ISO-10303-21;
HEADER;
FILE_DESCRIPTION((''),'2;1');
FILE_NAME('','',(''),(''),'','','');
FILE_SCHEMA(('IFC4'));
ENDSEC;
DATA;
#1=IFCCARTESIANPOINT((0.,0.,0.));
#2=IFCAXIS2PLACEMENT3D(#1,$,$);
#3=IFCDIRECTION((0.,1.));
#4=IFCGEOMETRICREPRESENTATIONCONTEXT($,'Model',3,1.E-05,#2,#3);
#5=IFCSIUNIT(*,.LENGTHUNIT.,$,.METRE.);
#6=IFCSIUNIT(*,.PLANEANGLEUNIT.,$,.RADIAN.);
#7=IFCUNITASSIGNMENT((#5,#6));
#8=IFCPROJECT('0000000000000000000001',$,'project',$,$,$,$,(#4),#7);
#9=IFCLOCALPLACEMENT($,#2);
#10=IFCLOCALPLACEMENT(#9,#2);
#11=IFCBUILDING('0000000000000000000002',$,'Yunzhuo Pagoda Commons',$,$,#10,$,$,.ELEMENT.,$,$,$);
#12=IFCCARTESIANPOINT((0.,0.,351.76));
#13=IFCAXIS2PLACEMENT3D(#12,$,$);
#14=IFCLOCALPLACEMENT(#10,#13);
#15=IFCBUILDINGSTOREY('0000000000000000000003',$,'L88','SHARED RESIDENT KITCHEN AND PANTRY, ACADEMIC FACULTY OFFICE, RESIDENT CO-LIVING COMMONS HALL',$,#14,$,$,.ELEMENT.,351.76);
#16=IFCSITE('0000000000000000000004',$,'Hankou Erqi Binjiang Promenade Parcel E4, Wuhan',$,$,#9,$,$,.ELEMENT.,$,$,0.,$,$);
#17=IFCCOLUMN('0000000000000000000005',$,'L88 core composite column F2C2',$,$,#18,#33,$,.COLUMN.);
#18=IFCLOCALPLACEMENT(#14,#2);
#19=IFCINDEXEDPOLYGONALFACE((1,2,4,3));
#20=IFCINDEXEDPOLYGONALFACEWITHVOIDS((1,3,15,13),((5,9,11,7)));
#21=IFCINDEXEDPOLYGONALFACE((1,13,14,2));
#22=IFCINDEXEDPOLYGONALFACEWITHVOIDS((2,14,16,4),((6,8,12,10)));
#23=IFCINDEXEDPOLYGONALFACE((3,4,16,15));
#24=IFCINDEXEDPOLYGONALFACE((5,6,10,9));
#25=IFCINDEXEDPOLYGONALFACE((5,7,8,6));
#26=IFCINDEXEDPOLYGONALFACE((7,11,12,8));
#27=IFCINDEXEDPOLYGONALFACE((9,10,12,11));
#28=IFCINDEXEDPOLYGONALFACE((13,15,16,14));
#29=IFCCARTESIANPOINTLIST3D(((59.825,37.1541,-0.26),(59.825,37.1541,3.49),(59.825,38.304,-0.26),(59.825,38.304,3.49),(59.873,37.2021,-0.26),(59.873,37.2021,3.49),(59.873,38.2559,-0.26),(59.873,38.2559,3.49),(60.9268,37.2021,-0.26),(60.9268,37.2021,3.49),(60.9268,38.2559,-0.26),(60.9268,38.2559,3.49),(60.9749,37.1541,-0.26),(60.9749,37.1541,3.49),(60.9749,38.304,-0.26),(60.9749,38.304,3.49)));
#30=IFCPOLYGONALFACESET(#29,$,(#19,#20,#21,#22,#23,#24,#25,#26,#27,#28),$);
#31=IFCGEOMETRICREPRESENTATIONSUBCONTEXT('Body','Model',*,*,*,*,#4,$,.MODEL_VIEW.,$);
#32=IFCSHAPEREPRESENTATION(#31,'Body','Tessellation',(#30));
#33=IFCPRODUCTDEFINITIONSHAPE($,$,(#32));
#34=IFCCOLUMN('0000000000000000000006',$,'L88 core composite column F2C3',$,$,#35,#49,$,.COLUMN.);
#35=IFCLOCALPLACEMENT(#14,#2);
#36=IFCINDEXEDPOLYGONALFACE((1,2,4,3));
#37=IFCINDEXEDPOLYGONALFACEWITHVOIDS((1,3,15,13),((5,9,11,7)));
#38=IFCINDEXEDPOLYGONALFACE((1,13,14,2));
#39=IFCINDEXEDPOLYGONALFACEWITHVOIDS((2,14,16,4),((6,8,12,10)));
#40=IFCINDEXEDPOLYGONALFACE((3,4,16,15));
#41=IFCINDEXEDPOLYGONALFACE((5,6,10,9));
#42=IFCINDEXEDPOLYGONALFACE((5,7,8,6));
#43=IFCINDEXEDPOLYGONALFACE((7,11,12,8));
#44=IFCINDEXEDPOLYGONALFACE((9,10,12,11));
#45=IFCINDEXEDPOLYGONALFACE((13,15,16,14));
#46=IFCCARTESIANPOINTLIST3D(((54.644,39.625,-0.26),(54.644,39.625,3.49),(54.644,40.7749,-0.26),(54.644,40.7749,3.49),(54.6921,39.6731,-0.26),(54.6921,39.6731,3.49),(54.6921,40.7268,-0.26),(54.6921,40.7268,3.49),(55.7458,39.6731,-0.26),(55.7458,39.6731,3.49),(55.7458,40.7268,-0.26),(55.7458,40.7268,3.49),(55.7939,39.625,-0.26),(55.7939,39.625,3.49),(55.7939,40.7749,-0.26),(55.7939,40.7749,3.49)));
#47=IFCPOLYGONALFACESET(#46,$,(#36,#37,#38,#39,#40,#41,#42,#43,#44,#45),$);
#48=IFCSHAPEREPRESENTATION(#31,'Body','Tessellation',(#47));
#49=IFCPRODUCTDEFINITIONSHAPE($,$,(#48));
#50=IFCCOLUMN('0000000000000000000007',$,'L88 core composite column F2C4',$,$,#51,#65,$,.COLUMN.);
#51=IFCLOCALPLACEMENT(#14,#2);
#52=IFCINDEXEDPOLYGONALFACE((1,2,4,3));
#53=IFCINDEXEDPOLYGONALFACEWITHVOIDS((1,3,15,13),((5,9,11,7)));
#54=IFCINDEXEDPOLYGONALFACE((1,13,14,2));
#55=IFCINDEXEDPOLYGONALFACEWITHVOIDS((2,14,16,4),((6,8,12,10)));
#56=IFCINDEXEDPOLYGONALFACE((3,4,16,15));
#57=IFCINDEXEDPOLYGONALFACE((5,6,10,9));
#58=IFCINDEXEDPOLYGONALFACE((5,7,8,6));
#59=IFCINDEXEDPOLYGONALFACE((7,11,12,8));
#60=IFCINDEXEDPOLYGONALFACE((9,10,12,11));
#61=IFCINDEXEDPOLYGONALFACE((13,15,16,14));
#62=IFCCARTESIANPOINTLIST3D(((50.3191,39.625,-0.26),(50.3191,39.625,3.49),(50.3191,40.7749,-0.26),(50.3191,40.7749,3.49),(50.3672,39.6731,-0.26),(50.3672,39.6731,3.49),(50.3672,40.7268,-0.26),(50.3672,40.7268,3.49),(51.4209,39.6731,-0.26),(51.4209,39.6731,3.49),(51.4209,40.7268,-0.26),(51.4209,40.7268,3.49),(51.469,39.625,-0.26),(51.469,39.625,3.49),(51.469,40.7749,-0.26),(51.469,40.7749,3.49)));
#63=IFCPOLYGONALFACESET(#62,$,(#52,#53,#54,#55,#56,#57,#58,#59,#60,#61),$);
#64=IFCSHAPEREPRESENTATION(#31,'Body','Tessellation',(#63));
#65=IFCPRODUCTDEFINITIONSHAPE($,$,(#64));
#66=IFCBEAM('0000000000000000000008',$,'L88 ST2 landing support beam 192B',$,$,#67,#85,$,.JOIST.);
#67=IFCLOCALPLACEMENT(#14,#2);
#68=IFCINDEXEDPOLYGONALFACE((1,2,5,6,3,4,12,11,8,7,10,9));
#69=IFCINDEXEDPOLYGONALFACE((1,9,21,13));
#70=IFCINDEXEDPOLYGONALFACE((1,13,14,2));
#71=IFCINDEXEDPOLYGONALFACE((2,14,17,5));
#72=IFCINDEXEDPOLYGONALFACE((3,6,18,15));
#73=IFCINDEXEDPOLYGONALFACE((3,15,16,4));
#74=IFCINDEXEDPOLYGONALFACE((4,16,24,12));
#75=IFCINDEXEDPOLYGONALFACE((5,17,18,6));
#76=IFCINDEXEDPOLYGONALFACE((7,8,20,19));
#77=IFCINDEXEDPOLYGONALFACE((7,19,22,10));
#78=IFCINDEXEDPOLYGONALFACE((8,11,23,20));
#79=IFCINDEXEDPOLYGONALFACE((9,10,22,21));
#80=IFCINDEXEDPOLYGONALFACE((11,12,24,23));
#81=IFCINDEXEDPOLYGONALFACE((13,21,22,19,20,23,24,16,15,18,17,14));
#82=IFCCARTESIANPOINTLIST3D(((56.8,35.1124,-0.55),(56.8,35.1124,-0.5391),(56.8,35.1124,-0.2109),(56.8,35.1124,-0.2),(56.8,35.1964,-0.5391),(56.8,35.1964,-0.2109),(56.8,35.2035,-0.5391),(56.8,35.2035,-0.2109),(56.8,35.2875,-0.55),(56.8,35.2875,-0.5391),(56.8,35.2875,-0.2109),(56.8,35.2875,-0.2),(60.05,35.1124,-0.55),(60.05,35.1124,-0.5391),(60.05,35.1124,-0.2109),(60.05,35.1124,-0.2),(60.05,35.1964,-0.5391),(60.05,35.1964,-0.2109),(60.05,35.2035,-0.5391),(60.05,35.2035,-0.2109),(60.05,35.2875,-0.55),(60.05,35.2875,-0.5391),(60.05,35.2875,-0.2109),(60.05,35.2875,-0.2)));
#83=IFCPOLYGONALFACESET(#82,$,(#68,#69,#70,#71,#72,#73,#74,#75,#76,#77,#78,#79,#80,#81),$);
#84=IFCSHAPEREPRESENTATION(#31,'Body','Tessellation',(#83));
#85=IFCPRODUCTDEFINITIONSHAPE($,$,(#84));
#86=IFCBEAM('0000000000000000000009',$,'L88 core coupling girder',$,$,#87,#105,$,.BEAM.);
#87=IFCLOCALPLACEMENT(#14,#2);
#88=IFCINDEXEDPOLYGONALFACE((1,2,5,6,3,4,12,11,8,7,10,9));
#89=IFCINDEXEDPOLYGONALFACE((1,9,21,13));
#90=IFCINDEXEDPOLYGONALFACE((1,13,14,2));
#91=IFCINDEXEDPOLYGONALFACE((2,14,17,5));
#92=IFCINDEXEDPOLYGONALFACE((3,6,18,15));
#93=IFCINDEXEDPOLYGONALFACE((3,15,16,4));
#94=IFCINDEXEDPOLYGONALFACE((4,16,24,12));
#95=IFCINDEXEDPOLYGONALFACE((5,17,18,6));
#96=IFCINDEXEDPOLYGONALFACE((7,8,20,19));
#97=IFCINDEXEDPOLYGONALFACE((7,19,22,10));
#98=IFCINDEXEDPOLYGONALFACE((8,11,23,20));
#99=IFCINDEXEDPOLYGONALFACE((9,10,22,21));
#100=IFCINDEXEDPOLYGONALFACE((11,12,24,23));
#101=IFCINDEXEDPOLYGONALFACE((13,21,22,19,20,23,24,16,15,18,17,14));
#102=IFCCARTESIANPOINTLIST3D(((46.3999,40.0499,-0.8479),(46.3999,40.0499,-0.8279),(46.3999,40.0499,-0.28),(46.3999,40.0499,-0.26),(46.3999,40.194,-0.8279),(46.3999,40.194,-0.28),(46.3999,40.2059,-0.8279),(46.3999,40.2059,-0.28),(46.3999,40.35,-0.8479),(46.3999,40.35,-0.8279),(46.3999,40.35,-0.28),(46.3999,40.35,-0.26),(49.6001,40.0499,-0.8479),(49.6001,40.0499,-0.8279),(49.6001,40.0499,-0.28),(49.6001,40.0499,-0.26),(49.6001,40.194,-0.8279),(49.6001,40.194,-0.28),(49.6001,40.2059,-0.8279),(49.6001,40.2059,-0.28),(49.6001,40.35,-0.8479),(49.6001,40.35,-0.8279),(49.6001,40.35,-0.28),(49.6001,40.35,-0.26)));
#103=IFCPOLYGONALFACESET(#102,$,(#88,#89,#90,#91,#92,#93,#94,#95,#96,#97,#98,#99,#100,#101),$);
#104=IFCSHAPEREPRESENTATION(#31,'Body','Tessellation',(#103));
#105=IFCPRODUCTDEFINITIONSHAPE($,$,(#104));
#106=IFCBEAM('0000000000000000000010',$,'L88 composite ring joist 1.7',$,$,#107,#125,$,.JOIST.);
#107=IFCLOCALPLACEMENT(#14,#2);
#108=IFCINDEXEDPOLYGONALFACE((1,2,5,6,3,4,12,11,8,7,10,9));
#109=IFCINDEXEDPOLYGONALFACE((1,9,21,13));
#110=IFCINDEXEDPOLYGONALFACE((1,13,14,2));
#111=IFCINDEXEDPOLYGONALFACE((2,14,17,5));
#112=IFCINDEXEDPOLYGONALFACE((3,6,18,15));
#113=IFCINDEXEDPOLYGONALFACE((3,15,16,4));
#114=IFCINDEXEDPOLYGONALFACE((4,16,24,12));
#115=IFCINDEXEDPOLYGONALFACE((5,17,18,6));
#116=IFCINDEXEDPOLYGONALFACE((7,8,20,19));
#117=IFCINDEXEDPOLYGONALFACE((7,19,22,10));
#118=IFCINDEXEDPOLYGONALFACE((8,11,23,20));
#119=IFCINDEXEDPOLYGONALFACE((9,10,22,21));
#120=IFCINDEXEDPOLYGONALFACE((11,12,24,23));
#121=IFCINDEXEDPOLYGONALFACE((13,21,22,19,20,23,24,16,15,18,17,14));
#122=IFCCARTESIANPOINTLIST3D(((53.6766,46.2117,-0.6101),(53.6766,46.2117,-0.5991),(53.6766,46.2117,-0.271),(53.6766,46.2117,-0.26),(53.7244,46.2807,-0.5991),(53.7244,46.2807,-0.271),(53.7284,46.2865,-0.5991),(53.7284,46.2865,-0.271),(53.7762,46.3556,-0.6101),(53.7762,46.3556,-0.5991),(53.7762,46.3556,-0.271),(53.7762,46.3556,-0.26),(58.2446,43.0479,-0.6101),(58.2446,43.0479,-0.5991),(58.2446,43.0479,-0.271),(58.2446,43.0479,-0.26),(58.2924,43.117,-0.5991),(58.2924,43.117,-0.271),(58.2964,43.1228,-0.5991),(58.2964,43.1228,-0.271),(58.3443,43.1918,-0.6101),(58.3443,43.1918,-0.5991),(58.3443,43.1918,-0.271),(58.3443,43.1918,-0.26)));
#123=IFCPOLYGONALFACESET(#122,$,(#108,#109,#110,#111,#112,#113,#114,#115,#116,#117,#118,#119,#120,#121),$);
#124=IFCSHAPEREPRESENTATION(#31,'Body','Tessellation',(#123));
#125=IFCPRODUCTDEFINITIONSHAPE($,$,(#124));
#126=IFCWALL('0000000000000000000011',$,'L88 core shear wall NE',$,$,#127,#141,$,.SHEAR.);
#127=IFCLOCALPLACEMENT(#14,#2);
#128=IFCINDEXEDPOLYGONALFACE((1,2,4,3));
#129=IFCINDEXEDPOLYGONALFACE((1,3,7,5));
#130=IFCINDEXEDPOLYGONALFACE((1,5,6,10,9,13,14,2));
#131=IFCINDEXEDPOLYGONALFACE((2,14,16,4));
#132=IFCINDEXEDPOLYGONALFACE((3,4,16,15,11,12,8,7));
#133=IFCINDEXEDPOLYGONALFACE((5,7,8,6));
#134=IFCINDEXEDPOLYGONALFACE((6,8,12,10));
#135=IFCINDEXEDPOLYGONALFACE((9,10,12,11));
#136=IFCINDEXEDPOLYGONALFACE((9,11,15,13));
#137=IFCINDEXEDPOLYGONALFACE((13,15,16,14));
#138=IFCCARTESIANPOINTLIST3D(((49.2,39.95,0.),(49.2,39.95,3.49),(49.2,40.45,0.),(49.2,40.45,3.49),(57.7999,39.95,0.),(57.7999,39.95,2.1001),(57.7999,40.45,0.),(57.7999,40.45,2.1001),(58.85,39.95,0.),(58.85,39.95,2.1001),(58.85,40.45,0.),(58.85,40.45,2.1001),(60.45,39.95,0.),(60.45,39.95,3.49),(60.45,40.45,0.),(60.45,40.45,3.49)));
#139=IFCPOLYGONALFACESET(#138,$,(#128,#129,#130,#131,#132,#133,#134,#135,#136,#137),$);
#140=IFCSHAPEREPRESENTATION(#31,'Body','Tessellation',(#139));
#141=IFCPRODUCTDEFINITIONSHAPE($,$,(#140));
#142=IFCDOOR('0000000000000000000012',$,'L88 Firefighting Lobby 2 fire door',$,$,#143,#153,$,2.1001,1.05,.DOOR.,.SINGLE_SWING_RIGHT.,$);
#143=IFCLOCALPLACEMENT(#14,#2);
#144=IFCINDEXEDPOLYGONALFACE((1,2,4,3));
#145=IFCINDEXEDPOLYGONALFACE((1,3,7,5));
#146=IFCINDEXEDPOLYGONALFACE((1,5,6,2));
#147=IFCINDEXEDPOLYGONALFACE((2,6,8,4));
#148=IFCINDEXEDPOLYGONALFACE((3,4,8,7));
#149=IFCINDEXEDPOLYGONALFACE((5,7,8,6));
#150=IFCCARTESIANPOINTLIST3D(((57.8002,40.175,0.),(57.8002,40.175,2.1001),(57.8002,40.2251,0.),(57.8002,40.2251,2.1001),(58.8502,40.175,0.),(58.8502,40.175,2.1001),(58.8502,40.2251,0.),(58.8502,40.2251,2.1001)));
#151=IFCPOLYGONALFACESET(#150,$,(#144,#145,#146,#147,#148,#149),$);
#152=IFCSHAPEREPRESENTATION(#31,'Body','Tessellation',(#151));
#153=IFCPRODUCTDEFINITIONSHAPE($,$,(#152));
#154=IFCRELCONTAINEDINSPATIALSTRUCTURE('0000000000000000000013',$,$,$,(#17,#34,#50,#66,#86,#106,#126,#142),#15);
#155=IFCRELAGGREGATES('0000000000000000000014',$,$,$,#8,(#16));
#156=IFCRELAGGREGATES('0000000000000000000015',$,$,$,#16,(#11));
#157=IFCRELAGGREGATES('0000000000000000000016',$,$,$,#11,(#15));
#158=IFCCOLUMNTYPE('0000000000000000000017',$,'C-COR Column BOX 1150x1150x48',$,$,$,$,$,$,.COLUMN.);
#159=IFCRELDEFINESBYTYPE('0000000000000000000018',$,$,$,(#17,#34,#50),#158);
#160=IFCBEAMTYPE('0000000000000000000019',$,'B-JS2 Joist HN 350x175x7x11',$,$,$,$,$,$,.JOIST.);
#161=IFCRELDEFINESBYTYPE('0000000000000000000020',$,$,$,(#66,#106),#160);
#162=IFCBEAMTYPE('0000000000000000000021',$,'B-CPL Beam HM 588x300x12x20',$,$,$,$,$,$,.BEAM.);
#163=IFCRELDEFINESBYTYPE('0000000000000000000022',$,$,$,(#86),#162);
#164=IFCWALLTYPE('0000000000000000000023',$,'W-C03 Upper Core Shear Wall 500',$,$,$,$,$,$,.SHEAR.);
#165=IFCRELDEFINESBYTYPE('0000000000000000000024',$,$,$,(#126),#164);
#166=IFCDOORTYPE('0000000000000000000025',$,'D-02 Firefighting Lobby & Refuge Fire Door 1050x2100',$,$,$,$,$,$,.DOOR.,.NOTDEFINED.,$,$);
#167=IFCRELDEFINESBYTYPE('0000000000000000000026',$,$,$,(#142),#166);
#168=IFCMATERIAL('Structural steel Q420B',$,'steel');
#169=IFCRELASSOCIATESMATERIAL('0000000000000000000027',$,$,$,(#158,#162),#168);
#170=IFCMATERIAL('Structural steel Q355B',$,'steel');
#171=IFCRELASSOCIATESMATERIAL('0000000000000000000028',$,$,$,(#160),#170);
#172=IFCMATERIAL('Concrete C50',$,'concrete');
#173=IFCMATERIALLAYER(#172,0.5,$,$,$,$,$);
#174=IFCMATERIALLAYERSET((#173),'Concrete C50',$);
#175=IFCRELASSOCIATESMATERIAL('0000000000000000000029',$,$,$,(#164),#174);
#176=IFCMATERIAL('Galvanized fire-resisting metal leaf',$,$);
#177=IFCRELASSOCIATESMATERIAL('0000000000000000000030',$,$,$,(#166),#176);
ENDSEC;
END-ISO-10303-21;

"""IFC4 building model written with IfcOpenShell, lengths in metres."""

from ifc_helpers import new_model, si_unit, direction, frame, frame_2d, origin, origin_2d, place, context, subcontext, project, spatial, rectangle, hollow_rectangle, i_section, extrude, source, transform, mapped, material, layer, layer_set, material_profile, profile_set, type_object, element, fill, save


model = new_model("IFC4")

# Units and contexts
model_context = context("Model", 3, precision=1e-05, world=origin(), true_north=direction((0.0, 1.0)))
body_context = subcontext(model_context, "Body", "Model", "MODEL_VIEW")
ifc_project = project(units=[si_unit("LENGTHUNIT", "METRE"), si_unit("PLANEANGLEUNIT", "RADIAN")], contexts=[model_context])

# Site, building, storey
site_placement = place(None, origin())
site = spatial("IfcSite", under=ifc_project, at=site_placement, Name="Hankou Erqi Binjiang Promenade Parcel E4, Wuhan", CompositionType="ELEMENT", RefElevation=0.0)
building_placement = place(site_placement, origin())
building = spatial("IfcBuilding", under=site, at=building_placement, Name="Yunzhuo Pagoda Commons", CompositionType="ELEMENT")
storey_placement = place(building_placement, frame((0.0, 0.0, 351.76)))
storey = spatial("IfcBuildingStorey", under=building, at=storey_placement, Name="L88", Description="SHARED RESIDENT KITCHEN AND PANTRY, ACADEMIC FACULTY OFFICE, RESIDENT CO-LIVING COMMONS HALL", CompositionType="ELEMENT", Elevation=351.76)

# Columns
ifc_material_1 = material(Name="Structural steel Q420B", Category="steel")
ifc_material_profile_1 = material_profile(ifc_material_1, hollow_rectangle(XDim=1.1499, YDim=1.1499, WallThickness=0.0481, at=origin_2d()), Name="Structural steel Q420B")
ifc_profile_set_1 = profile_set([ifc_material_profile_1], Name="Structural steel Q420B")
column_type = type_object("IfcColumnType", Name="C-COR Column BOX 1150x1150x48", PredefinedType="COLUMN", material=ifc_profile_set_1)
shared_shape_1 = source(origin(), body_context, "Body", "SweptSolid", [
    extrude(hollow_rectangle(XDim=1.1499, YDim=1.1499, WallThickness=0.0481, at=origin_2d()), origin(), (0.0, 0.0, 1.0), 3.75),
])
for number, where, z_axis, x_axis, name in (
    (1, (60.3999, 37.729, -0.26), (0.0, 0.0, 1.0), (1.0, 0.0, 0.0), "L88 core composite column F2C2"),
    (2, (55.219, 40.2, -0.26), (0.0, 0.0, 1.0), (1.0, 0.0, 0.0), "L88 core composite column F2C3"),
    (3, (50.894, 40.2, -0.26), (0.0, 0.0, 1.0), (1.0, 0.0, 0.0), "L88 core composite column F2C4"),
):
    element("IfcColumn", number, at=place(storey_placement, frame(where, z_axis=z_axis, x_axis=x_axis)), inside=storey, type_object=column_type, Name=name, PredefinedType="COLUMN", context=body_context, shape_type="MappedRepresentation", body=[
        mapped(shared_shape_1, transform((0.0, 0.0, 0.0), scale=1.0)),
    ])

# Beams
ifc_material_2 = material(Name="Structural steel Q355B", Category="steel")
ifc_material_profile_2 = material_profile(ifc_material_2, i_section(OverallWidth=0.175, OverallDepth=0.3501, WebThickness=0.0071, FlangeThickness=0.011, at=origin_2d()), Name="Structural steel Q355B")
ifc_profile_set_2 = profile_set([ifc_material_profile_2], Name="Structural steel Q355B")
beam_type_1 = type_object("IfcBeamType", Name="B-JS2 Joist HN 350x175x7x11", PredefinedType="JOIST", material=ifc_profile_set_2)
shared_shape_2 = source(origin(), body_context, "Body", "SweptSolid", [
    extrude(i_section(OverallWidth=0.175, OverallDepth=0.3501, WebThickness=0.0071, FlangeThickness=0.011, at=origin_2d()), origin(), (0.0, 0.0, 1.0), 3.25),
])
beam_1_placement = place(storey_placement, frame((56.8, 35.2, -0.375), z_axis=(1.0, 0.0, 0.0), x_axis=(0.0, 1.0, 0.0)))
element("IfcBeam", 4, at=beam_1_placement, inside=storey, type_object=beam_type_1, Name="L88 ST2 landing support beam 192B", PredefinedType="JOIST", context=body_context, shape_type="MappedRepresentation", body=[
    mapped(shared_shape_2, transform((0.0, 0.0, 0.0), scale=1.0)),
])
ifc_material_profile_3 = material_profile(ifc_material_1, i_section(OverallWidth=0.3, OverallDepth=0.5879, WebThickness=0.012, FlangeThickness=0.02, at=origin_2d()), Name="Structural steel Q420B")
ifc_profile_set_3 = profile_set([ifc_material_profile_3], Name="Structural steel Q420B")
beam_type_2 = type_object("IfcBeamType", Name="B-CPL Beam HM 588x300x12x20", PredefinedType="BEAM", material=ifc_profile_set_3)
shared_shape_3 = source(origin(), body_context, "Body", "SweptSolid", [
    extrude(i_section(OverallWidth=0.3, OverallDepth=0.5879, WebThickness=0.012, FlangeThickness=0.02, at=origin_2d()), origin(), (0.0, 0.0, 1.0), 3.2002),
])
beam_2_placement = place(storey_placement, frame((46.3999, 40.2, -0.554), z_axis=(1.0, 0.0, 0.0), x_axis=(0.0, 1.0, 0.0)))
element("IfcBeam", 5, at=beam_2_placement, inside=storey, type_object=beam_type_2, Name="L88 core coupling girder", PredefinedType="BEAM", context=body_context, shape_type="MappedRepresentation", body=[
    mapped(shared_shape_3, transform((0.0, 0.0, 0.0), scale=1.0)),
])
shared_shape_4 = source(origin(), body_context, "Body", "SweptSolid", [
    extrude(i_section(OverallWidth=0.175, OverallDepth=0.3501, WebThickness=0.0071, FlangeThickness=0.011, at=origin_2d()), origin(), (0.0, 0.0, 1.0), 5.5566),
])
beam_3_placement = place(storey_placement, frame((58.2944, 43.1199, -0.4351), z_axis=(-0.822085, 0.569365, 0.0), x_axis=(-0.569365, -0.822085, 0.0)))
element("IfcBeam", 6, at=beam_3_placement, inside=storey, type_object=beam_type_1, Name="L88 composite ring joist 1.7", PredefinedType="JOIST", context=body_context, shape_type="MappedRepresentation", body=[
    mapped(shared_shape_4, transform((0.0, 0.0, 0.0), scale=1.0)),
])

# Wall, opening, door
ifc_material_3 = material(Name="Concrete C50", Category="concrete")
ifc_layer_1 = layer(ifc_material_3, 0.5)
ifc_layer_set_1 = layer_set([ifc_layer_1], Name="Concrete C50")
wall_type_1 = type_object("IfcWallType", Name="W-C03 Upper Core Shear Wall 500", PredefinedType="SHEAR", material=ifc_layer_set_1)
wall_1_placement = place(storey_placement, frame((49.2, 40.2, 0.0), z_axis=(0.0, 0.0, 1.0), x_axis=(1.0, 0.0, 0.0)))
wall_1 = element("IfcWall", 7, at=wall_1_placement, inside=storey, type_object=wall_type_1, Name="L88 core shear wall NE", PredefinedType="SHEAR", context=body_context, shape_type="SweptSolid", body=[
    extrude(rectangle(XDim=11.25, YDim=0.5, at=frame_2d((5.625, 0.0))), origin(), (0.0, 0.0, 1.0), 3.49),
])
opening_1_placement = place(wall_1_placement, frame((8.6001, 0.0, 0.0)))
opening_1 = element("IfcOpeningElement", 8, at=opening_1_placement, cuts=wall_1, PredefinedType="OPENING", context=body_context, shape_type="SweptSolid", body=[
    extrude(rectangle(XDim=1.05, YDim=2.1001, at=frame_2d((0.5249, 1.05))), frame((0.0, 0.26, 0.0), z_axis=(0.0, -1.0, 0.0), x_axis=(1.0, 0.0, 0.0)), (0.0, 0.0, 1.0), 0.52),
])
ifc_material_4 = material(Name="Galvanized fire-resisting metal leaf")
door_type_1 = type_object("IfcDoorType", Name="D-02 Firefighting Lobby & Refuge Fire Door 1050x2100", OperationType="NOTDEFINED", PredefinedType="DOOR", material=ifc_material_4)
shared_shape_5 = source(origin(), body_context, "Body", "SweptSolid", [
    extrude(rectangle(XDim=1.05, YDim=2.1001, at=frame_2d((0.5249, 1.05))), frame((0.0, 0.0249, 0.0), z_axis=(0.0, -1.0, 0.0), x_axis=(1.0, 0.0, 0.0)), (0.0, 0.0, 1.0), 0.05),
])
door_1_placement = place(opening_1_placement, frame((1.05, 0.0, 0.0), z_axis=(0.0, 0.0, 1.0), x_axis=(-1.0, 0.0, 0.0)))
door_1 = element("IfcDoor", 9, at=door_1_placement, inside=storey, type_object=door_type_1, Name="L88 Firefighting Lobby 2 fire door", OperationType="SINGLE_SWING_RIGHT", OverallHeight=2.1001, OverallWidth=1.05, PredefinedType="DOOR", context=body_context, shape_type="MappedRepresentation", body=[
    mapped(shared_shape_5, transform((0.0, 0.0, 0.0), scale=1.0)),
])
fill(opening_1, door_1)

save(model, "model.ifc")
